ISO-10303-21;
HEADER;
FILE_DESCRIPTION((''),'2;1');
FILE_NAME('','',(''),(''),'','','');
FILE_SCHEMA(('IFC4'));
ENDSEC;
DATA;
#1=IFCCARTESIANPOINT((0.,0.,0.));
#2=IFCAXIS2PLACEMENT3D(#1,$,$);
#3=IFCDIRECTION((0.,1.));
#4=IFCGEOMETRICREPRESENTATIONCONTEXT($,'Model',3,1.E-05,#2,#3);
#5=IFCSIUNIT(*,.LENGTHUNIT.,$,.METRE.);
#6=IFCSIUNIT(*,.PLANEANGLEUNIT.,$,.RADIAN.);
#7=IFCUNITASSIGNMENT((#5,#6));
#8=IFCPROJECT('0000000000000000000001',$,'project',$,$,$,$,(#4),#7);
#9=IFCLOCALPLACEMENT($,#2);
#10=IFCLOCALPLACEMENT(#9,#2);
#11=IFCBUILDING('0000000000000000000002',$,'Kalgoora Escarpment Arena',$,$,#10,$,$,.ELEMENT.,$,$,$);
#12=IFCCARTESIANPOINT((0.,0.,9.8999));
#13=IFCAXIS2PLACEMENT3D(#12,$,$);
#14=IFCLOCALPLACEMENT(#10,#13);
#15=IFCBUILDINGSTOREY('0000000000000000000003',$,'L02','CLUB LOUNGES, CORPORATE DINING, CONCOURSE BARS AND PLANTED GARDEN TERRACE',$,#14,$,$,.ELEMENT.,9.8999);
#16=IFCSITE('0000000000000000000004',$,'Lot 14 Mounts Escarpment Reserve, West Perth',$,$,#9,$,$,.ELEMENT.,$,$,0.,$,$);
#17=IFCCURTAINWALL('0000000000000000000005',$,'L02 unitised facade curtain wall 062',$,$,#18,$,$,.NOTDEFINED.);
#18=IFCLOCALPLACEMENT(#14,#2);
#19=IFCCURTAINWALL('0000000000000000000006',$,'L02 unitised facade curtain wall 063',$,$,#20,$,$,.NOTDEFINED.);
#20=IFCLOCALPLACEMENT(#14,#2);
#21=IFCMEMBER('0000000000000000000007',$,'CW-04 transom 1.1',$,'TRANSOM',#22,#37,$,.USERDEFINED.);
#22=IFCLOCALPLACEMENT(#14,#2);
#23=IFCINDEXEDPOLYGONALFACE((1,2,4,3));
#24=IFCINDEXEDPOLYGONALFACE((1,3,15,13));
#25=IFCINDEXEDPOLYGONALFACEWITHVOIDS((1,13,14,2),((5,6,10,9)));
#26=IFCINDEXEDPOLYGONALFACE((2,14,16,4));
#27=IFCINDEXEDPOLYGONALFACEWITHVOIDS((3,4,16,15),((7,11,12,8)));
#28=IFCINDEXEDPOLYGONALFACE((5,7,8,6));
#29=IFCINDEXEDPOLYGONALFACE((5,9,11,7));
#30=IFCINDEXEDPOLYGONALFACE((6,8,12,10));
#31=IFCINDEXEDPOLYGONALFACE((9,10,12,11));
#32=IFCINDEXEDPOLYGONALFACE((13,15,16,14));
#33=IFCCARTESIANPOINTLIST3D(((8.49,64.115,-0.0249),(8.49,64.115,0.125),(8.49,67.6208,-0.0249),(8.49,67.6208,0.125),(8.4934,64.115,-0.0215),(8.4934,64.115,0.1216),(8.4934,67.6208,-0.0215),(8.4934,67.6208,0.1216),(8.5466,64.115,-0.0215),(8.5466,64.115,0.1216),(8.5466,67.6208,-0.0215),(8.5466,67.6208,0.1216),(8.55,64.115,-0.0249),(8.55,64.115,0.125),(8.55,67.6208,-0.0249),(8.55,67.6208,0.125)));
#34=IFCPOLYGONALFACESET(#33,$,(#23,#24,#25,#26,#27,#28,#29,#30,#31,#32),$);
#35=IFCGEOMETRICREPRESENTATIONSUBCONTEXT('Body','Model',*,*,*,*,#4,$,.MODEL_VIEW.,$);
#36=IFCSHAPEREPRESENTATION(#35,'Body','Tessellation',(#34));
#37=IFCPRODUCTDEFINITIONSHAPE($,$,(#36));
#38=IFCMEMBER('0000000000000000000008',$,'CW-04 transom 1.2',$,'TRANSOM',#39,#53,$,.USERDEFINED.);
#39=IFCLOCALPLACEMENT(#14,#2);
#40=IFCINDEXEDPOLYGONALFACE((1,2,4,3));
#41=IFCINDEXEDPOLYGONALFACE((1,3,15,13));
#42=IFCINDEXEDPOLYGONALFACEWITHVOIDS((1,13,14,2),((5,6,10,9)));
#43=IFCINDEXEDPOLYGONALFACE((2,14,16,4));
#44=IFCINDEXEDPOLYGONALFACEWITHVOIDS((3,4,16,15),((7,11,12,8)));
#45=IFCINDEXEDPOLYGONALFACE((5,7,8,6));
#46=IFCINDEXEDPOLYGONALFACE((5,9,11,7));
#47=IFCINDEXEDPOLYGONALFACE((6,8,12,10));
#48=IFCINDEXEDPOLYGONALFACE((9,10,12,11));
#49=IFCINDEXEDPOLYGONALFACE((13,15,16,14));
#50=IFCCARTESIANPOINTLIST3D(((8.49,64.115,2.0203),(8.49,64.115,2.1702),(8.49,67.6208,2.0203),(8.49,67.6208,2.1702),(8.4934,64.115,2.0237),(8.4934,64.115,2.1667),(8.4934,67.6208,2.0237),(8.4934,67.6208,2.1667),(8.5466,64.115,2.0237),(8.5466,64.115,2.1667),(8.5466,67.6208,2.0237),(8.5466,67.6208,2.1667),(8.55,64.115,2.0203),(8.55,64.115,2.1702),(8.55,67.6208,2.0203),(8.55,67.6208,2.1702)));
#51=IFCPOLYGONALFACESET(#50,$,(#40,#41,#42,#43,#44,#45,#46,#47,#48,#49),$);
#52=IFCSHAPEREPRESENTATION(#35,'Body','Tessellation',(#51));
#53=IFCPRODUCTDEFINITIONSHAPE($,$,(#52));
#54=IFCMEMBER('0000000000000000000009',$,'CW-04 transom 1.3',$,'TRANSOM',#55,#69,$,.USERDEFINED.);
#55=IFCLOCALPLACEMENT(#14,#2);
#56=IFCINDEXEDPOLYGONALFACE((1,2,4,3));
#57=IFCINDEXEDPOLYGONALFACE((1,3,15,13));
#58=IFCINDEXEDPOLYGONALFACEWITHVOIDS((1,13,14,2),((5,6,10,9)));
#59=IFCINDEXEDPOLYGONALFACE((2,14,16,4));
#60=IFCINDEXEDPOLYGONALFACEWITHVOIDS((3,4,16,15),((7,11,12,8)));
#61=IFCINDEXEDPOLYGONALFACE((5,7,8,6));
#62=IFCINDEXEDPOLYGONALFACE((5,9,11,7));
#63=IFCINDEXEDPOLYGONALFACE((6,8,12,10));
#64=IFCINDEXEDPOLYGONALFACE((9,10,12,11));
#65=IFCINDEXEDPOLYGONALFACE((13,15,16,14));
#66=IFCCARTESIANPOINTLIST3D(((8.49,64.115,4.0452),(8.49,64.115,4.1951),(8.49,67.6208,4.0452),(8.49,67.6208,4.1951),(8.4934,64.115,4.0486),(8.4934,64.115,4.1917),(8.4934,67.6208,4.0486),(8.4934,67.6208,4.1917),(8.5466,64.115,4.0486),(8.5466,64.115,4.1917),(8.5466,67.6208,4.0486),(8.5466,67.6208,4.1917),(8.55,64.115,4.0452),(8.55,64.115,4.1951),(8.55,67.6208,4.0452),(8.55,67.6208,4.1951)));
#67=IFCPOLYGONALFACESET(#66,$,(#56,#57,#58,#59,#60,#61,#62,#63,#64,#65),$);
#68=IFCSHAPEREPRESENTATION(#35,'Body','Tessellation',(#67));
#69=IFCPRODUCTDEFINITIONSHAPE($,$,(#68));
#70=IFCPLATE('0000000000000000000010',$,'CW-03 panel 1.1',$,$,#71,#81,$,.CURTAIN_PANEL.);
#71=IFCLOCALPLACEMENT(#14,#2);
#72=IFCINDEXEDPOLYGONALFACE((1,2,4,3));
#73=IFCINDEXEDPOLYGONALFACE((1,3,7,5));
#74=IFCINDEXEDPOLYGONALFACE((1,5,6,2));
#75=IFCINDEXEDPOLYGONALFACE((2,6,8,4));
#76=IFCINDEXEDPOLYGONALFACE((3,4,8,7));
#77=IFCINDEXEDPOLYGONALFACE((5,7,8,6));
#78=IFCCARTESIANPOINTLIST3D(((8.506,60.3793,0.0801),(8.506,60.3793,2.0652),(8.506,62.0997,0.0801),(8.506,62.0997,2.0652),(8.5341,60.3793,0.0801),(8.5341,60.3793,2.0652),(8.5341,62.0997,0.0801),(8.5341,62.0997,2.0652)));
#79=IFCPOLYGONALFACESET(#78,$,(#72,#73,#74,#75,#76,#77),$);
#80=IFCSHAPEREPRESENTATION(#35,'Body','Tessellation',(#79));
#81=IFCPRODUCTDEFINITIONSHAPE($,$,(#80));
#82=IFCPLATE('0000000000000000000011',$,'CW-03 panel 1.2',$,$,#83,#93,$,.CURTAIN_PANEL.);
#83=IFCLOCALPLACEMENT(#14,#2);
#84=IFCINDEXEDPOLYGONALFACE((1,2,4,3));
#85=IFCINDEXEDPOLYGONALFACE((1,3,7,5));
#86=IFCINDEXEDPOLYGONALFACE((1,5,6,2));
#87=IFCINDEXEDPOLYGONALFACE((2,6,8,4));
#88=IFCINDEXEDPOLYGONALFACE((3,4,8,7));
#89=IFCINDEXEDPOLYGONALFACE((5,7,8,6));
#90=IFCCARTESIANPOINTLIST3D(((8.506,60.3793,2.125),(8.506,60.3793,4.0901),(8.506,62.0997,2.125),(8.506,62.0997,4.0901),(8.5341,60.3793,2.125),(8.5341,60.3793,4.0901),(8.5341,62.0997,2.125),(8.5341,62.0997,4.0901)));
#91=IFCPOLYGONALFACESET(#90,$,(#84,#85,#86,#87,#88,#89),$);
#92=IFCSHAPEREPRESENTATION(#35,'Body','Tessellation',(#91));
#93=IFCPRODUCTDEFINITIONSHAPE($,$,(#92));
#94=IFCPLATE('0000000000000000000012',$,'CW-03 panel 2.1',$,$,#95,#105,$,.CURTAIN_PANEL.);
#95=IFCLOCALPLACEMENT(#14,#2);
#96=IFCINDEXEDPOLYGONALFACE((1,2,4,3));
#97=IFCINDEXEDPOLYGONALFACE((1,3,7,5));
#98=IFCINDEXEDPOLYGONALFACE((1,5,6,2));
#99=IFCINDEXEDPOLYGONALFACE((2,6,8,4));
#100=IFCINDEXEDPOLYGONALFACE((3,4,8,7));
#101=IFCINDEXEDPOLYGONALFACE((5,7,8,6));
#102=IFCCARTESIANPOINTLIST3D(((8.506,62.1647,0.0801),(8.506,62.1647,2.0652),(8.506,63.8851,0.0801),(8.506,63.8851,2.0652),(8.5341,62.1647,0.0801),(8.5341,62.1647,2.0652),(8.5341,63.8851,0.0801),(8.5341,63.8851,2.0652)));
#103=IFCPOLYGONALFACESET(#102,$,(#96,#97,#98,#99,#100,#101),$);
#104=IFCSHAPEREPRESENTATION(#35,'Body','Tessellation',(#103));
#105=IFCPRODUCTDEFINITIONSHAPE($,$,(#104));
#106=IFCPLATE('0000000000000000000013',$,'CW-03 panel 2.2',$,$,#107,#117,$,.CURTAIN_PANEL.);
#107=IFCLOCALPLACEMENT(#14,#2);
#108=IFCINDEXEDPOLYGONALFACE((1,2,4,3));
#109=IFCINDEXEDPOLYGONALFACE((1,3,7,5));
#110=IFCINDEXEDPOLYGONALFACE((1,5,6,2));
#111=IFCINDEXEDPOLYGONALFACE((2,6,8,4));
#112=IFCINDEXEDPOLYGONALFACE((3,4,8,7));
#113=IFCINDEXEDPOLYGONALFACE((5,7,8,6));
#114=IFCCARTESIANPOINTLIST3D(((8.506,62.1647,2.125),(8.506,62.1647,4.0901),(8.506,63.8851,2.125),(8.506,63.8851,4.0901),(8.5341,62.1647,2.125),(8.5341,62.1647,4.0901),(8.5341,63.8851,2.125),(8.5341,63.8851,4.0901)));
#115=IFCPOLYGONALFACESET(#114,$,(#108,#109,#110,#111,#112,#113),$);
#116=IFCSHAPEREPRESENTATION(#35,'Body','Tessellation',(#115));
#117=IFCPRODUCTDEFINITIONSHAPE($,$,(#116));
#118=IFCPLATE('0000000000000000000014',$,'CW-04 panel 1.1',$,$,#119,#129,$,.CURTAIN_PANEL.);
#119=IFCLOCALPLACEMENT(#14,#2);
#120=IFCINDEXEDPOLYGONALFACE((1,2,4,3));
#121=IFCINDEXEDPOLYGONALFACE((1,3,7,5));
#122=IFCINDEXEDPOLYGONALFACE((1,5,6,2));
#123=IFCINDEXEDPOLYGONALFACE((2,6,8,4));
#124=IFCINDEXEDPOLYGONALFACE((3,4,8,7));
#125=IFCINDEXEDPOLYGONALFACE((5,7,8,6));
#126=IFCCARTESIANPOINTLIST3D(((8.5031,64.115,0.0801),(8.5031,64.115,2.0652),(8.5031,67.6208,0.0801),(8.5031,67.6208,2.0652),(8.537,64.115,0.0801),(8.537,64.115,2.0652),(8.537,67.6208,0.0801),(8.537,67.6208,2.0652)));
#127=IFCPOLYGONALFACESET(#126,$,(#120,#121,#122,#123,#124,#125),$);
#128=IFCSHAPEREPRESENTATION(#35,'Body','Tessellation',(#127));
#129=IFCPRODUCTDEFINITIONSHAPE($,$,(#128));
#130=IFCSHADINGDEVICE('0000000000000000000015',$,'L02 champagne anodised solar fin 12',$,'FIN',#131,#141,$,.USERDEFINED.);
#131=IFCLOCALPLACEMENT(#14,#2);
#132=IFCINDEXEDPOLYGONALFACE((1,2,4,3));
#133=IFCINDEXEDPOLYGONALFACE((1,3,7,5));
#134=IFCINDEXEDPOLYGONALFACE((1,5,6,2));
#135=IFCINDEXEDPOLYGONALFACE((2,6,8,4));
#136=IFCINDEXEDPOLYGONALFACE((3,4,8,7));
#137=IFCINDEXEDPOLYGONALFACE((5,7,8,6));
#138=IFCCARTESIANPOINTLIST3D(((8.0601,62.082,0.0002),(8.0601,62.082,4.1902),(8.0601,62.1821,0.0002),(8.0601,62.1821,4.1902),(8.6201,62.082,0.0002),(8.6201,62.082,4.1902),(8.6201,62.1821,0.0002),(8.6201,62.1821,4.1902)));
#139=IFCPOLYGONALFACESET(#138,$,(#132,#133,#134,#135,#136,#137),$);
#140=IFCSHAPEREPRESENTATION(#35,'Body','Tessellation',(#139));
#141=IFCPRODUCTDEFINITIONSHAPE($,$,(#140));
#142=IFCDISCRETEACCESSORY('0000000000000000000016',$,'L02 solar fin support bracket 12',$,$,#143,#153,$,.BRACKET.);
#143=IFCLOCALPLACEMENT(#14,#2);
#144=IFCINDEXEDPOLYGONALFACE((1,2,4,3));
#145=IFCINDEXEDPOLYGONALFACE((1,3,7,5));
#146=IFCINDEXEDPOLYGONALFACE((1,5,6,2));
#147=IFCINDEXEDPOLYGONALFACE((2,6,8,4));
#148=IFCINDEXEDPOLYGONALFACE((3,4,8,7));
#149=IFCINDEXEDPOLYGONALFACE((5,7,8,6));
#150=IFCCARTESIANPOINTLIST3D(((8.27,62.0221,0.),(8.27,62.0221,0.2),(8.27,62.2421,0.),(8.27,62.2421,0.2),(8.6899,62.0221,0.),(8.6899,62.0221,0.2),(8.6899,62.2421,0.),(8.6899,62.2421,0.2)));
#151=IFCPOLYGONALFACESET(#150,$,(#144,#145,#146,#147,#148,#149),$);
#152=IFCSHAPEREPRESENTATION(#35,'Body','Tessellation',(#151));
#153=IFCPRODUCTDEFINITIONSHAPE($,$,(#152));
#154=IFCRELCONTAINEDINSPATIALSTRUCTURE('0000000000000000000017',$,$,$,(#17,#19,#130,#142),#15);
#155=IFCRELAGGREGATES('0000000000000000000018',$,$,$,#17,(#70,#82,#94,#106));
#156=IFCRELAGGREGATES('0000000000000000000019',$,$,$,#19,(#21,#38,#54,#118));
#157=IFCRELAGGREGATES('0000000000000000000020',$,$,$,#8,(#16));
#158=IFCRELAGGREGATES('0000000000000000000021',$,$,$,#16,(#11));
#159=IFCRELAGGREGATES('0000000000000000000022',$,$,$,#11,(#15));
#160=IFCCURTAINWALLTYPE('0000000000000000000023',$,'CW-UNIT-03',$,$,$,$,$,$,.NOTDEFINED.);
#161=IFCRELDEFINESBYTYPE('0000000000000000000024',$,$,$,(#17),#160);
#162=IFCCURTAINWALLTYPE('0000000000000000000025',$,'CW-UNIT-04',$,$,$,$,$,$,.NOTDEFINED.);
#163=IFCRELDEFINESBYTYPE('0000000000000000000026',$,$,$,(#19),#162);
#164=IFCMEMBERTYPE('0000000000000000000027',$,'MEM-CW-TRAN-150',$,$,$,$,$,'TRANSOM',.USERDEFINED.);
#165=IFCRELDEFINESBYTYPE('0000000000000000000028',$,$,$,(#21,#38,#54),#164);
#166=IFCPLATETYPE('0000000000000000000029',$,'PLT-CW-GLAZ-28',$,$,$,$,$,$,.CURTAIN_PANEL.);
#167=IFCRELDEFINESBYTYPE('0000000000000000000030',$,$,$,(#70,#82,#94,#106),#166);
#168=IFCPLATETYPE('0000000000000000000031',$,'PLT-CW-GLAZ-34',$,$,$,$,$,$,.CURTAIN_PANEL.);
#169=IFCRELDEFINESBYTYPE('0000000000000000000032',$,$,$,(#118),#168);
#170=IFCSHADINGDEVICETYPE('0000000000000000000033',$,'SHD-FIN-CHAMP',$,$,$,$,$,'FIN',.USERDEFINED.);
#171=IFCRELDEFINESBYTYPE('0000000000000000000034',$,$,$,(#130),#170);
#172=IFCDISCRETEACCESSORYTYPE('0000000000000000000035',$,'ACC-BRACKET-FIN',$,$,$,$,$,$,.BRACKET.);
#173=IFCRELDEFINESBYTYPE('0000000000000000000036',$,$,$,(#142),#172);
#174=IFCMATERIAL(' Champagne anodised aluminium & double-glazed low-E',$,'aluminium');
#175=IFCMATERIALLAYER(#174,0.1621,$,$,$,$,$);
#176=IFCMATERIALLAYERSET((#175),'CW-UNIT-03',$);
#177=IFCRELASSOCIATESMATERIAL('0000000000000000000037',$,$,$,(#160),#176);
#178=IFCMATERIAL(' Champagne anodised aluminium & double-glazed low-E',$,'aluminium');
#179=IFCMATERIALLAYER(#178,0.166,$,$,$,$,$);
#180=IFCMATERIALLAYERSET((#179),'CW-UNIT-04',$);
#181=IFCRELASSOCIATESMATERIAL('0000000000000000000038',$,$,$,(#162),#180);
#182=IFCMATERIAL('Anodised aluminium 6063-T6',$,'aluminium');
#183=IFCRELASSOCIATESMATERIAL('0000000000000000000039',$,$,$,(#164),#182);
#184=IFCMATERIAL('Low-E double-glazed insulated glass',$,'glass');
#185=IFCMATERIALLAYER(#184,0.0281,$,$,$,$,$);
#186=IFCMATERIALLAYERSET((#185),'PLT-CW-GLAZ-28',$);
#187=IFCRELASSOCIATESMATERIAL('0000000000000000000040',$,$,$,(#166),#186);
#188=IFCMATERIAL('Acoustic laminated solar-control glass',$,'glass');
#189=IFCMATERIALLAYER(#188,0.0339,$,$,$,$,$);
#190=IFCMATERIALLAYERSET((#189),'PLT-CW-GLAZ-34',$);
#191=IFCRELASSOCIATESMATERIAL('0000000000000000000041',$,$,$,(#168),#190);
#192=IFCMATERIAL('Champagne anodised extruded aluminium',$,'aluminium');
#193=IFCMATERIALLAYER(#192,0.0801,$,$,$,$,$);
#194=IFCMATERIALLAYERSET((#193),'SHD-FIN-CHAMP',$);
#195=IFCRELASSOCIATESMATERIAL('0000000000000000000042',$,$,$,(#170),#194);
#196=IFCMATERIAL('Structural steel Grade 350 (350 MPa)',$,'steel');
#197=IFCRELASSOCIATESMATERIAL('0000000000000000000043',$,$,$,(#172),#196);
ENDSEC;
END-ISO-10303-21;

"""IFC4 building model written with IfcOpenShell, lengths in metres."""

from ifc_helpers import new_model, si_unit, direction, frame, origin, origin_2d, place, context, subcontext, project, spatial, rectangle, hollow_rectangle, extrude, material, layer, layer_set, material_profile, profile_set, type_object, element, aggregate, save


model = new_model("IFC4")

# Units and contexts
model_context = context("Model", 3, precision=1e-05, world=origin(), true_north=direction((0.0, 1.0)))
body_context = subcontext(model_context, "Body", "Model", "MODEL_VIEW")
ifc_project = project(units=[si_unit("LENGTHUNIT", "METRE"), si_unit("PLANEANGLEUNIT", "RADIAN")], contexts=[model_context])

# Site, building, storey
site_placement = place(None, origin())
site = spatial("IfcSite", under=ifc_project, at=site_placement, Name="Lot 14 Mounts Escarpment Reserve, West Perth", CompositionType="ELEMENT", RefElevation=0.0)
building_placement = place(site_placement, origin())
building = spatial("IfcBuilding", under=site, at=building_placement, Name="Kalgoora Escarpment Arena", CompositionType="ELEMENT")
storey_placement = place(building_placement, frame((0.0, 0.0, 9.8999)))
storey = spatial("IfcBuildingStorey", under=building, at=storey_placement, Name="L02", Description="CLUB LOUNGES, CORPORATE DINING, CONCOURSE BARS AND PLANTED GARDEN TERRACE", CompositionType="ELEMENT", Elevation=9.8999)

# Curtain wall
ifc_material_1 = material(Name=" Champagne anodised aluminium & double-glazed low-E", Category="aluminium")
ifc_layer_1 = layer(ifc_material_1, 0.1621)
ifc_layer_set_1 = layer_set([ifc_layer_1], Name="CW-UNIT-03")
curtain_wall_type_1 = type_object("IfcCurtainWallType", Name="CW-UNIT-03", PredefinedType="NOTDEFINED", material=ifc_layer_set_1)
curtain_wall_1_placement = place(storey_placement, origin())
curtain_wall_1 = element("IfcCurtainWall", 1, at=curtain_wall_1_placement, inside=storey, type_object=curtain_wall_type_1, Name="L02 unitised facade curtain wall 062", PredefinedType="NOTDEFINED")

# Curtain wall
ifc_material_2 = material(Name=" Champagne anodised aluminium & double-glazed low-E", Category="aluminium")
ifc_layer_2 = layer(ifc_material_2, 0.166)
ifc_layer_set_2 = layer_set([ifc_layer_2], Name="CW-UNIT-04")
curtain_wall_type_2 = type_object("IfcCurtainWallType", Name="CW-UNIT-04", PredefinedType="NOTDEFINED", material=ifc_layer_set_2)
curtain_wall_2_placement = place(storey_placement, origin())
curtain_wall_2 = element("IfcCurtainWall", 2, at=curtain_wall_2_placement, inside=storey, type_object=curtain_wall_type_2, Name="L02 unitised facade curtain wall 063", PredefinedType="NOTDEFINED")

# Members
ifc_material_3 = material(Name="Anodised aluminium 6063-T6", Category="aluminium")
ifc_material_profile_1 = material_profile(ifc_material_3, hollow_rectangle(XDim=0.0601, YDim=0.1499, WallThickness=0.0034, at=origin_2d()))
ifc_profile_set_1 = profile_set([ifc_material_profile_1], Name="Anodised aluminium 6063-T6")
member_type_1 = type_object("IfcMemberType", Name="MEM-CW-TRAN-150", ElementType="TRANSOM", PredefinedType="USERDEFINED", material=ifc_profile_set_1)
member_1_placement = place(storey_placement, frame((8.52, 64.115, 0.05), z_axis=(0.0, 1.0, 0.0), x_axis=(-1.0, 0.0, 0.0)))
member_1 = element("IfcMember", 3, at=member_1_placement, type_object=member_type_1, Name="CW-04 transom 1.1", ObjectType="TRANSOM", PredefinedType="USERDEFINED", context=body_context, shape_type="SweptSolid", body=[
    extrude(hollow_rectangle(XDim=0.0601, YDim=0.1499, WallThickness=0.0034, at=origin_2d()), origin(), (0.0, 0.0, 1.0), 3.5059),
])
member_2_placement = place(storey_placement, frame((8.52, 64.115, 2.0952), z_axis=(0.0, 1.0, 0.0), x_axis=(-1.0, 0.0, 0.0)))
member_2 = element("IfcMember", 4, at=member_2_placement, type_object=member_type_1, Name="CW-04 transom 1.2", ObjectType="TRANSOM", PredefinedType="USERDEFINED", context=body_context, shape_type="SweptSolid", body=[
    extrude(hollow_rectangle(XDim=0.0601, YDim=0.1499, WallThickness=0.0034, at=origin_2d()), origin(), (0.0, 0.0, 1.0), 3.5059),
])
member_3_placement = place(storey_placement, frame((8.52, 64.115, 4.1201), z_axis=(0.0, 1.0, 0.0), x_axis=(-1.0, 0.0, 0.0)))
member_3 = element("IfcMember", 5, at=member_3_placement, type_object=member_type_1, Name="CW-04 transom 1.3", ObjectType="TRANSOM", PredefinedType="USERDEFINED", context=body_context, shape_type="SweptSolid", body=[
    extrude(hollow_rectangle(XDim=0.0601, YDim=0.1499, WallThickness=0.0034, at=origin_2d()), origin(), (0.0, 0.0, 1.0), 3.5059),
])

# Plates
ifc_material_4 = material(Name="Low-E double-glazed insulated glass", Category="glass")
ifc_layer_3 = layer(ifc_material_4, 0.0281)
ifc_layer_set_3 = layer_set([ifc_layer_3], Name="PLT-CW-GLAZ-28")
plate_type_1 = type_object("IfcPlateType", Name="PLT-CW-GLAZ-28", PredefinedType="CURTAIN_PANEL", material=ifc_layer_set_3)
plate_1_placement = place(storey_placement, frame((8.52, 61.2395, 0.0801), z_axis=(0.0, 0.0, 1.0), x_axis=(0.0, 1.0, 0.0)))
plate_1 = element("IfcPlate", 6, at=plate_1_placement, type_object=plate_type_1, Name="CW-03 panel 1.1", PredefinedType="CURTAIN_PANEL", context=body_context, shape_type="SweptSolid", body=[
    extrude(rectangle(XDim=1.7205, YDim=0.0281, at=origin_2d()), origin(), (0.0, 0.0, 1.0), 1.9851),
])
plate_2_placement = place(storey_placement, frame((8.52, 61.2395, 2.125), z_axis=(0.0, 0.0, 1.0), x_axis=(0.0, 1.0, 0.0)))
plate_2 = element("IfcPlate", 7, at=plate_2_placement, type_object=plate_type_1, Name="CW-03 panel 1.2", PredefinedType="CURTAIN_PANEL", context=body_context, shape_type="SweptSolid", body=[
    extrude(rectangle(XDim=1.7205, YDim=0.0281, at=origin_2d()), origin(), (0.0, 0.0, 1.0), 1.9651),
])
plate_3_placement = place(storey_placement, frame((8.52, 63.0249, 0.0801), z_axis=(0.0, 0.0, 1.0), x_axis=(0.0, 1.0, 0.0)))
plate_3 = element("IfcPlate", 8, at=plate_3_placement, type_object=plate_type_1, Name="CW-03 panel 2.1", PredefinedType="CURTAIN_PANEL", context=body_context, shape_type="SweptSolid", body=[
    extrude(rectangle(XDim=1.7205, YDim=0.0281, at=origin_2d()), origin(), (0.0, 0.0, 1.0), 1.9851),
])
plate_4_placement = place(storey_placement, frame((8.52, 63.0249, 2.125), z_axis=(0.0, 0.0, 1.0), x_axis=(0.0, 1.0, 0.0)))
plate_4 = element("IfcPlate", 9, at=plate_4_placement, type_object=plate_type_1, Name="CW-03 panel 2.2", PredefinedType="CURTAIN_PANEL", context=body_context, shape_type="SweptSolid", body=[
    extrude(rectangle(XDim=1.7205, YDim=0.0281, at=origin_2d()), origin(), (0.0, 0.0, 1.0), 1.9651),
])
aggregate(curtain_wall_1, [plate_1, plate_2, plate_3, plate_4])
ifc_material_5 = material(Name="Acoustic laminated solar-control glass", Category="glass")
ifc_layer_4 = layer(ifc_material_5, 0.0339)
ifc_layer_set_4 = layer_set([ifc_layer_4], Name="PLT-CW-GLAZ-34")
plate_type_2 = type_object("IfcPlateType", Name="PLT-CW-GLAZ-34", PredefinedType="CURTAIN_PANEL", material=ifc_layer_set_4)
plate_5_placement = place(storey_placement, frame((8.52, 65.8679, 0.0801), z_axis=(0.0, 0.0, 1.0), x_axis=(0.0, 1.0, 0.0)))
plate_5 = element("IfcPlate", 10, at=plate_5_placement, type_object=plate_type_2, Name="CW-04 panel 1.1", PredefinedType="CURTAIN_PANEL", context=body_context, shape_type="SweptSolid", body=[
    extrude(rectangle(XDim=3.5059, YDim=0.0339, at=origin_2d()), origin(), (0.0, 0.0, 1.0), 1.9851),
])
aggregate(curtain_wall_2, [member_1, member_2, member_3, plate_5])

# Shading device
ifc_material_6 = material(Name="Champagne anodised extruded aluminium", Category="aluminium")
ifc_layer_5 = layer(ifc_material_6, 0.0801)
ifc_layer_set_5 = layer_set([ifc_layer_5], Name="SHD-FIN-CHAMP")
shading_device_type = type_object("IfcShadingDeviceType", Name="SHD-FIN-CHAMP", ElementType="FIN", PredefinedType="USERDEFINED", material=ifc_layer_set_5)
shading_device_placement = place(storey_placement, frame((8.3401, 62.1321, 0.0002), z_axis=(0.0, 0.0, 1.0), x_axis=(-1.0, 0.0, 0.0)))
element("IfcShadingDevice", 11, at=shading_device_placement, inside=storey, type_object=shading_device_type, Name="L02 champagne anodised solar fin 12", ObjectType="FIN", PredefinedType="USERDEFINED", context=body_context, shape_type="SweptSolid", body=[
    extrude(rectangle(XDim=0.5601, YDim=0.1001, at=origin_2d()), origin(), (0.0, 0.0, 1.0), 4.1899),
])

# Discrete accessory
ifc_material_7 = material(Name="Structural steel Grade 350 (350 MPa)", Category="steel")
discrete_accessory_type = type_object("IfcDiscreteAccessoryType", Name="ACC-BRACKET-FIN", PredefinedType="BRACKET", material=ifc_material_7)
discrete_accessory_placement = place(storey_placement, frame((8.48, 62.1321, 0.0), z_axis=(0.0, 0.0, 1.0), x_axis=(-1.0, 0.0, 0.0)))
element("IfcDiscreteAccessory", 12, at=discrete_accessory_placement, inside=storey, type_object=discrete_accessory_type, Name="L02 solar fin support bracket 12", PredefinedType="BRACKET", context=body_context, shape_type="SweptSolid", body=[
    extrude(rectangle(XDim=0.4199, YDim=0.22, at=origin_2d()), origin(), (0.0, 0.0, 1.0), 0.2),
])

save(model, "model.ifc")
